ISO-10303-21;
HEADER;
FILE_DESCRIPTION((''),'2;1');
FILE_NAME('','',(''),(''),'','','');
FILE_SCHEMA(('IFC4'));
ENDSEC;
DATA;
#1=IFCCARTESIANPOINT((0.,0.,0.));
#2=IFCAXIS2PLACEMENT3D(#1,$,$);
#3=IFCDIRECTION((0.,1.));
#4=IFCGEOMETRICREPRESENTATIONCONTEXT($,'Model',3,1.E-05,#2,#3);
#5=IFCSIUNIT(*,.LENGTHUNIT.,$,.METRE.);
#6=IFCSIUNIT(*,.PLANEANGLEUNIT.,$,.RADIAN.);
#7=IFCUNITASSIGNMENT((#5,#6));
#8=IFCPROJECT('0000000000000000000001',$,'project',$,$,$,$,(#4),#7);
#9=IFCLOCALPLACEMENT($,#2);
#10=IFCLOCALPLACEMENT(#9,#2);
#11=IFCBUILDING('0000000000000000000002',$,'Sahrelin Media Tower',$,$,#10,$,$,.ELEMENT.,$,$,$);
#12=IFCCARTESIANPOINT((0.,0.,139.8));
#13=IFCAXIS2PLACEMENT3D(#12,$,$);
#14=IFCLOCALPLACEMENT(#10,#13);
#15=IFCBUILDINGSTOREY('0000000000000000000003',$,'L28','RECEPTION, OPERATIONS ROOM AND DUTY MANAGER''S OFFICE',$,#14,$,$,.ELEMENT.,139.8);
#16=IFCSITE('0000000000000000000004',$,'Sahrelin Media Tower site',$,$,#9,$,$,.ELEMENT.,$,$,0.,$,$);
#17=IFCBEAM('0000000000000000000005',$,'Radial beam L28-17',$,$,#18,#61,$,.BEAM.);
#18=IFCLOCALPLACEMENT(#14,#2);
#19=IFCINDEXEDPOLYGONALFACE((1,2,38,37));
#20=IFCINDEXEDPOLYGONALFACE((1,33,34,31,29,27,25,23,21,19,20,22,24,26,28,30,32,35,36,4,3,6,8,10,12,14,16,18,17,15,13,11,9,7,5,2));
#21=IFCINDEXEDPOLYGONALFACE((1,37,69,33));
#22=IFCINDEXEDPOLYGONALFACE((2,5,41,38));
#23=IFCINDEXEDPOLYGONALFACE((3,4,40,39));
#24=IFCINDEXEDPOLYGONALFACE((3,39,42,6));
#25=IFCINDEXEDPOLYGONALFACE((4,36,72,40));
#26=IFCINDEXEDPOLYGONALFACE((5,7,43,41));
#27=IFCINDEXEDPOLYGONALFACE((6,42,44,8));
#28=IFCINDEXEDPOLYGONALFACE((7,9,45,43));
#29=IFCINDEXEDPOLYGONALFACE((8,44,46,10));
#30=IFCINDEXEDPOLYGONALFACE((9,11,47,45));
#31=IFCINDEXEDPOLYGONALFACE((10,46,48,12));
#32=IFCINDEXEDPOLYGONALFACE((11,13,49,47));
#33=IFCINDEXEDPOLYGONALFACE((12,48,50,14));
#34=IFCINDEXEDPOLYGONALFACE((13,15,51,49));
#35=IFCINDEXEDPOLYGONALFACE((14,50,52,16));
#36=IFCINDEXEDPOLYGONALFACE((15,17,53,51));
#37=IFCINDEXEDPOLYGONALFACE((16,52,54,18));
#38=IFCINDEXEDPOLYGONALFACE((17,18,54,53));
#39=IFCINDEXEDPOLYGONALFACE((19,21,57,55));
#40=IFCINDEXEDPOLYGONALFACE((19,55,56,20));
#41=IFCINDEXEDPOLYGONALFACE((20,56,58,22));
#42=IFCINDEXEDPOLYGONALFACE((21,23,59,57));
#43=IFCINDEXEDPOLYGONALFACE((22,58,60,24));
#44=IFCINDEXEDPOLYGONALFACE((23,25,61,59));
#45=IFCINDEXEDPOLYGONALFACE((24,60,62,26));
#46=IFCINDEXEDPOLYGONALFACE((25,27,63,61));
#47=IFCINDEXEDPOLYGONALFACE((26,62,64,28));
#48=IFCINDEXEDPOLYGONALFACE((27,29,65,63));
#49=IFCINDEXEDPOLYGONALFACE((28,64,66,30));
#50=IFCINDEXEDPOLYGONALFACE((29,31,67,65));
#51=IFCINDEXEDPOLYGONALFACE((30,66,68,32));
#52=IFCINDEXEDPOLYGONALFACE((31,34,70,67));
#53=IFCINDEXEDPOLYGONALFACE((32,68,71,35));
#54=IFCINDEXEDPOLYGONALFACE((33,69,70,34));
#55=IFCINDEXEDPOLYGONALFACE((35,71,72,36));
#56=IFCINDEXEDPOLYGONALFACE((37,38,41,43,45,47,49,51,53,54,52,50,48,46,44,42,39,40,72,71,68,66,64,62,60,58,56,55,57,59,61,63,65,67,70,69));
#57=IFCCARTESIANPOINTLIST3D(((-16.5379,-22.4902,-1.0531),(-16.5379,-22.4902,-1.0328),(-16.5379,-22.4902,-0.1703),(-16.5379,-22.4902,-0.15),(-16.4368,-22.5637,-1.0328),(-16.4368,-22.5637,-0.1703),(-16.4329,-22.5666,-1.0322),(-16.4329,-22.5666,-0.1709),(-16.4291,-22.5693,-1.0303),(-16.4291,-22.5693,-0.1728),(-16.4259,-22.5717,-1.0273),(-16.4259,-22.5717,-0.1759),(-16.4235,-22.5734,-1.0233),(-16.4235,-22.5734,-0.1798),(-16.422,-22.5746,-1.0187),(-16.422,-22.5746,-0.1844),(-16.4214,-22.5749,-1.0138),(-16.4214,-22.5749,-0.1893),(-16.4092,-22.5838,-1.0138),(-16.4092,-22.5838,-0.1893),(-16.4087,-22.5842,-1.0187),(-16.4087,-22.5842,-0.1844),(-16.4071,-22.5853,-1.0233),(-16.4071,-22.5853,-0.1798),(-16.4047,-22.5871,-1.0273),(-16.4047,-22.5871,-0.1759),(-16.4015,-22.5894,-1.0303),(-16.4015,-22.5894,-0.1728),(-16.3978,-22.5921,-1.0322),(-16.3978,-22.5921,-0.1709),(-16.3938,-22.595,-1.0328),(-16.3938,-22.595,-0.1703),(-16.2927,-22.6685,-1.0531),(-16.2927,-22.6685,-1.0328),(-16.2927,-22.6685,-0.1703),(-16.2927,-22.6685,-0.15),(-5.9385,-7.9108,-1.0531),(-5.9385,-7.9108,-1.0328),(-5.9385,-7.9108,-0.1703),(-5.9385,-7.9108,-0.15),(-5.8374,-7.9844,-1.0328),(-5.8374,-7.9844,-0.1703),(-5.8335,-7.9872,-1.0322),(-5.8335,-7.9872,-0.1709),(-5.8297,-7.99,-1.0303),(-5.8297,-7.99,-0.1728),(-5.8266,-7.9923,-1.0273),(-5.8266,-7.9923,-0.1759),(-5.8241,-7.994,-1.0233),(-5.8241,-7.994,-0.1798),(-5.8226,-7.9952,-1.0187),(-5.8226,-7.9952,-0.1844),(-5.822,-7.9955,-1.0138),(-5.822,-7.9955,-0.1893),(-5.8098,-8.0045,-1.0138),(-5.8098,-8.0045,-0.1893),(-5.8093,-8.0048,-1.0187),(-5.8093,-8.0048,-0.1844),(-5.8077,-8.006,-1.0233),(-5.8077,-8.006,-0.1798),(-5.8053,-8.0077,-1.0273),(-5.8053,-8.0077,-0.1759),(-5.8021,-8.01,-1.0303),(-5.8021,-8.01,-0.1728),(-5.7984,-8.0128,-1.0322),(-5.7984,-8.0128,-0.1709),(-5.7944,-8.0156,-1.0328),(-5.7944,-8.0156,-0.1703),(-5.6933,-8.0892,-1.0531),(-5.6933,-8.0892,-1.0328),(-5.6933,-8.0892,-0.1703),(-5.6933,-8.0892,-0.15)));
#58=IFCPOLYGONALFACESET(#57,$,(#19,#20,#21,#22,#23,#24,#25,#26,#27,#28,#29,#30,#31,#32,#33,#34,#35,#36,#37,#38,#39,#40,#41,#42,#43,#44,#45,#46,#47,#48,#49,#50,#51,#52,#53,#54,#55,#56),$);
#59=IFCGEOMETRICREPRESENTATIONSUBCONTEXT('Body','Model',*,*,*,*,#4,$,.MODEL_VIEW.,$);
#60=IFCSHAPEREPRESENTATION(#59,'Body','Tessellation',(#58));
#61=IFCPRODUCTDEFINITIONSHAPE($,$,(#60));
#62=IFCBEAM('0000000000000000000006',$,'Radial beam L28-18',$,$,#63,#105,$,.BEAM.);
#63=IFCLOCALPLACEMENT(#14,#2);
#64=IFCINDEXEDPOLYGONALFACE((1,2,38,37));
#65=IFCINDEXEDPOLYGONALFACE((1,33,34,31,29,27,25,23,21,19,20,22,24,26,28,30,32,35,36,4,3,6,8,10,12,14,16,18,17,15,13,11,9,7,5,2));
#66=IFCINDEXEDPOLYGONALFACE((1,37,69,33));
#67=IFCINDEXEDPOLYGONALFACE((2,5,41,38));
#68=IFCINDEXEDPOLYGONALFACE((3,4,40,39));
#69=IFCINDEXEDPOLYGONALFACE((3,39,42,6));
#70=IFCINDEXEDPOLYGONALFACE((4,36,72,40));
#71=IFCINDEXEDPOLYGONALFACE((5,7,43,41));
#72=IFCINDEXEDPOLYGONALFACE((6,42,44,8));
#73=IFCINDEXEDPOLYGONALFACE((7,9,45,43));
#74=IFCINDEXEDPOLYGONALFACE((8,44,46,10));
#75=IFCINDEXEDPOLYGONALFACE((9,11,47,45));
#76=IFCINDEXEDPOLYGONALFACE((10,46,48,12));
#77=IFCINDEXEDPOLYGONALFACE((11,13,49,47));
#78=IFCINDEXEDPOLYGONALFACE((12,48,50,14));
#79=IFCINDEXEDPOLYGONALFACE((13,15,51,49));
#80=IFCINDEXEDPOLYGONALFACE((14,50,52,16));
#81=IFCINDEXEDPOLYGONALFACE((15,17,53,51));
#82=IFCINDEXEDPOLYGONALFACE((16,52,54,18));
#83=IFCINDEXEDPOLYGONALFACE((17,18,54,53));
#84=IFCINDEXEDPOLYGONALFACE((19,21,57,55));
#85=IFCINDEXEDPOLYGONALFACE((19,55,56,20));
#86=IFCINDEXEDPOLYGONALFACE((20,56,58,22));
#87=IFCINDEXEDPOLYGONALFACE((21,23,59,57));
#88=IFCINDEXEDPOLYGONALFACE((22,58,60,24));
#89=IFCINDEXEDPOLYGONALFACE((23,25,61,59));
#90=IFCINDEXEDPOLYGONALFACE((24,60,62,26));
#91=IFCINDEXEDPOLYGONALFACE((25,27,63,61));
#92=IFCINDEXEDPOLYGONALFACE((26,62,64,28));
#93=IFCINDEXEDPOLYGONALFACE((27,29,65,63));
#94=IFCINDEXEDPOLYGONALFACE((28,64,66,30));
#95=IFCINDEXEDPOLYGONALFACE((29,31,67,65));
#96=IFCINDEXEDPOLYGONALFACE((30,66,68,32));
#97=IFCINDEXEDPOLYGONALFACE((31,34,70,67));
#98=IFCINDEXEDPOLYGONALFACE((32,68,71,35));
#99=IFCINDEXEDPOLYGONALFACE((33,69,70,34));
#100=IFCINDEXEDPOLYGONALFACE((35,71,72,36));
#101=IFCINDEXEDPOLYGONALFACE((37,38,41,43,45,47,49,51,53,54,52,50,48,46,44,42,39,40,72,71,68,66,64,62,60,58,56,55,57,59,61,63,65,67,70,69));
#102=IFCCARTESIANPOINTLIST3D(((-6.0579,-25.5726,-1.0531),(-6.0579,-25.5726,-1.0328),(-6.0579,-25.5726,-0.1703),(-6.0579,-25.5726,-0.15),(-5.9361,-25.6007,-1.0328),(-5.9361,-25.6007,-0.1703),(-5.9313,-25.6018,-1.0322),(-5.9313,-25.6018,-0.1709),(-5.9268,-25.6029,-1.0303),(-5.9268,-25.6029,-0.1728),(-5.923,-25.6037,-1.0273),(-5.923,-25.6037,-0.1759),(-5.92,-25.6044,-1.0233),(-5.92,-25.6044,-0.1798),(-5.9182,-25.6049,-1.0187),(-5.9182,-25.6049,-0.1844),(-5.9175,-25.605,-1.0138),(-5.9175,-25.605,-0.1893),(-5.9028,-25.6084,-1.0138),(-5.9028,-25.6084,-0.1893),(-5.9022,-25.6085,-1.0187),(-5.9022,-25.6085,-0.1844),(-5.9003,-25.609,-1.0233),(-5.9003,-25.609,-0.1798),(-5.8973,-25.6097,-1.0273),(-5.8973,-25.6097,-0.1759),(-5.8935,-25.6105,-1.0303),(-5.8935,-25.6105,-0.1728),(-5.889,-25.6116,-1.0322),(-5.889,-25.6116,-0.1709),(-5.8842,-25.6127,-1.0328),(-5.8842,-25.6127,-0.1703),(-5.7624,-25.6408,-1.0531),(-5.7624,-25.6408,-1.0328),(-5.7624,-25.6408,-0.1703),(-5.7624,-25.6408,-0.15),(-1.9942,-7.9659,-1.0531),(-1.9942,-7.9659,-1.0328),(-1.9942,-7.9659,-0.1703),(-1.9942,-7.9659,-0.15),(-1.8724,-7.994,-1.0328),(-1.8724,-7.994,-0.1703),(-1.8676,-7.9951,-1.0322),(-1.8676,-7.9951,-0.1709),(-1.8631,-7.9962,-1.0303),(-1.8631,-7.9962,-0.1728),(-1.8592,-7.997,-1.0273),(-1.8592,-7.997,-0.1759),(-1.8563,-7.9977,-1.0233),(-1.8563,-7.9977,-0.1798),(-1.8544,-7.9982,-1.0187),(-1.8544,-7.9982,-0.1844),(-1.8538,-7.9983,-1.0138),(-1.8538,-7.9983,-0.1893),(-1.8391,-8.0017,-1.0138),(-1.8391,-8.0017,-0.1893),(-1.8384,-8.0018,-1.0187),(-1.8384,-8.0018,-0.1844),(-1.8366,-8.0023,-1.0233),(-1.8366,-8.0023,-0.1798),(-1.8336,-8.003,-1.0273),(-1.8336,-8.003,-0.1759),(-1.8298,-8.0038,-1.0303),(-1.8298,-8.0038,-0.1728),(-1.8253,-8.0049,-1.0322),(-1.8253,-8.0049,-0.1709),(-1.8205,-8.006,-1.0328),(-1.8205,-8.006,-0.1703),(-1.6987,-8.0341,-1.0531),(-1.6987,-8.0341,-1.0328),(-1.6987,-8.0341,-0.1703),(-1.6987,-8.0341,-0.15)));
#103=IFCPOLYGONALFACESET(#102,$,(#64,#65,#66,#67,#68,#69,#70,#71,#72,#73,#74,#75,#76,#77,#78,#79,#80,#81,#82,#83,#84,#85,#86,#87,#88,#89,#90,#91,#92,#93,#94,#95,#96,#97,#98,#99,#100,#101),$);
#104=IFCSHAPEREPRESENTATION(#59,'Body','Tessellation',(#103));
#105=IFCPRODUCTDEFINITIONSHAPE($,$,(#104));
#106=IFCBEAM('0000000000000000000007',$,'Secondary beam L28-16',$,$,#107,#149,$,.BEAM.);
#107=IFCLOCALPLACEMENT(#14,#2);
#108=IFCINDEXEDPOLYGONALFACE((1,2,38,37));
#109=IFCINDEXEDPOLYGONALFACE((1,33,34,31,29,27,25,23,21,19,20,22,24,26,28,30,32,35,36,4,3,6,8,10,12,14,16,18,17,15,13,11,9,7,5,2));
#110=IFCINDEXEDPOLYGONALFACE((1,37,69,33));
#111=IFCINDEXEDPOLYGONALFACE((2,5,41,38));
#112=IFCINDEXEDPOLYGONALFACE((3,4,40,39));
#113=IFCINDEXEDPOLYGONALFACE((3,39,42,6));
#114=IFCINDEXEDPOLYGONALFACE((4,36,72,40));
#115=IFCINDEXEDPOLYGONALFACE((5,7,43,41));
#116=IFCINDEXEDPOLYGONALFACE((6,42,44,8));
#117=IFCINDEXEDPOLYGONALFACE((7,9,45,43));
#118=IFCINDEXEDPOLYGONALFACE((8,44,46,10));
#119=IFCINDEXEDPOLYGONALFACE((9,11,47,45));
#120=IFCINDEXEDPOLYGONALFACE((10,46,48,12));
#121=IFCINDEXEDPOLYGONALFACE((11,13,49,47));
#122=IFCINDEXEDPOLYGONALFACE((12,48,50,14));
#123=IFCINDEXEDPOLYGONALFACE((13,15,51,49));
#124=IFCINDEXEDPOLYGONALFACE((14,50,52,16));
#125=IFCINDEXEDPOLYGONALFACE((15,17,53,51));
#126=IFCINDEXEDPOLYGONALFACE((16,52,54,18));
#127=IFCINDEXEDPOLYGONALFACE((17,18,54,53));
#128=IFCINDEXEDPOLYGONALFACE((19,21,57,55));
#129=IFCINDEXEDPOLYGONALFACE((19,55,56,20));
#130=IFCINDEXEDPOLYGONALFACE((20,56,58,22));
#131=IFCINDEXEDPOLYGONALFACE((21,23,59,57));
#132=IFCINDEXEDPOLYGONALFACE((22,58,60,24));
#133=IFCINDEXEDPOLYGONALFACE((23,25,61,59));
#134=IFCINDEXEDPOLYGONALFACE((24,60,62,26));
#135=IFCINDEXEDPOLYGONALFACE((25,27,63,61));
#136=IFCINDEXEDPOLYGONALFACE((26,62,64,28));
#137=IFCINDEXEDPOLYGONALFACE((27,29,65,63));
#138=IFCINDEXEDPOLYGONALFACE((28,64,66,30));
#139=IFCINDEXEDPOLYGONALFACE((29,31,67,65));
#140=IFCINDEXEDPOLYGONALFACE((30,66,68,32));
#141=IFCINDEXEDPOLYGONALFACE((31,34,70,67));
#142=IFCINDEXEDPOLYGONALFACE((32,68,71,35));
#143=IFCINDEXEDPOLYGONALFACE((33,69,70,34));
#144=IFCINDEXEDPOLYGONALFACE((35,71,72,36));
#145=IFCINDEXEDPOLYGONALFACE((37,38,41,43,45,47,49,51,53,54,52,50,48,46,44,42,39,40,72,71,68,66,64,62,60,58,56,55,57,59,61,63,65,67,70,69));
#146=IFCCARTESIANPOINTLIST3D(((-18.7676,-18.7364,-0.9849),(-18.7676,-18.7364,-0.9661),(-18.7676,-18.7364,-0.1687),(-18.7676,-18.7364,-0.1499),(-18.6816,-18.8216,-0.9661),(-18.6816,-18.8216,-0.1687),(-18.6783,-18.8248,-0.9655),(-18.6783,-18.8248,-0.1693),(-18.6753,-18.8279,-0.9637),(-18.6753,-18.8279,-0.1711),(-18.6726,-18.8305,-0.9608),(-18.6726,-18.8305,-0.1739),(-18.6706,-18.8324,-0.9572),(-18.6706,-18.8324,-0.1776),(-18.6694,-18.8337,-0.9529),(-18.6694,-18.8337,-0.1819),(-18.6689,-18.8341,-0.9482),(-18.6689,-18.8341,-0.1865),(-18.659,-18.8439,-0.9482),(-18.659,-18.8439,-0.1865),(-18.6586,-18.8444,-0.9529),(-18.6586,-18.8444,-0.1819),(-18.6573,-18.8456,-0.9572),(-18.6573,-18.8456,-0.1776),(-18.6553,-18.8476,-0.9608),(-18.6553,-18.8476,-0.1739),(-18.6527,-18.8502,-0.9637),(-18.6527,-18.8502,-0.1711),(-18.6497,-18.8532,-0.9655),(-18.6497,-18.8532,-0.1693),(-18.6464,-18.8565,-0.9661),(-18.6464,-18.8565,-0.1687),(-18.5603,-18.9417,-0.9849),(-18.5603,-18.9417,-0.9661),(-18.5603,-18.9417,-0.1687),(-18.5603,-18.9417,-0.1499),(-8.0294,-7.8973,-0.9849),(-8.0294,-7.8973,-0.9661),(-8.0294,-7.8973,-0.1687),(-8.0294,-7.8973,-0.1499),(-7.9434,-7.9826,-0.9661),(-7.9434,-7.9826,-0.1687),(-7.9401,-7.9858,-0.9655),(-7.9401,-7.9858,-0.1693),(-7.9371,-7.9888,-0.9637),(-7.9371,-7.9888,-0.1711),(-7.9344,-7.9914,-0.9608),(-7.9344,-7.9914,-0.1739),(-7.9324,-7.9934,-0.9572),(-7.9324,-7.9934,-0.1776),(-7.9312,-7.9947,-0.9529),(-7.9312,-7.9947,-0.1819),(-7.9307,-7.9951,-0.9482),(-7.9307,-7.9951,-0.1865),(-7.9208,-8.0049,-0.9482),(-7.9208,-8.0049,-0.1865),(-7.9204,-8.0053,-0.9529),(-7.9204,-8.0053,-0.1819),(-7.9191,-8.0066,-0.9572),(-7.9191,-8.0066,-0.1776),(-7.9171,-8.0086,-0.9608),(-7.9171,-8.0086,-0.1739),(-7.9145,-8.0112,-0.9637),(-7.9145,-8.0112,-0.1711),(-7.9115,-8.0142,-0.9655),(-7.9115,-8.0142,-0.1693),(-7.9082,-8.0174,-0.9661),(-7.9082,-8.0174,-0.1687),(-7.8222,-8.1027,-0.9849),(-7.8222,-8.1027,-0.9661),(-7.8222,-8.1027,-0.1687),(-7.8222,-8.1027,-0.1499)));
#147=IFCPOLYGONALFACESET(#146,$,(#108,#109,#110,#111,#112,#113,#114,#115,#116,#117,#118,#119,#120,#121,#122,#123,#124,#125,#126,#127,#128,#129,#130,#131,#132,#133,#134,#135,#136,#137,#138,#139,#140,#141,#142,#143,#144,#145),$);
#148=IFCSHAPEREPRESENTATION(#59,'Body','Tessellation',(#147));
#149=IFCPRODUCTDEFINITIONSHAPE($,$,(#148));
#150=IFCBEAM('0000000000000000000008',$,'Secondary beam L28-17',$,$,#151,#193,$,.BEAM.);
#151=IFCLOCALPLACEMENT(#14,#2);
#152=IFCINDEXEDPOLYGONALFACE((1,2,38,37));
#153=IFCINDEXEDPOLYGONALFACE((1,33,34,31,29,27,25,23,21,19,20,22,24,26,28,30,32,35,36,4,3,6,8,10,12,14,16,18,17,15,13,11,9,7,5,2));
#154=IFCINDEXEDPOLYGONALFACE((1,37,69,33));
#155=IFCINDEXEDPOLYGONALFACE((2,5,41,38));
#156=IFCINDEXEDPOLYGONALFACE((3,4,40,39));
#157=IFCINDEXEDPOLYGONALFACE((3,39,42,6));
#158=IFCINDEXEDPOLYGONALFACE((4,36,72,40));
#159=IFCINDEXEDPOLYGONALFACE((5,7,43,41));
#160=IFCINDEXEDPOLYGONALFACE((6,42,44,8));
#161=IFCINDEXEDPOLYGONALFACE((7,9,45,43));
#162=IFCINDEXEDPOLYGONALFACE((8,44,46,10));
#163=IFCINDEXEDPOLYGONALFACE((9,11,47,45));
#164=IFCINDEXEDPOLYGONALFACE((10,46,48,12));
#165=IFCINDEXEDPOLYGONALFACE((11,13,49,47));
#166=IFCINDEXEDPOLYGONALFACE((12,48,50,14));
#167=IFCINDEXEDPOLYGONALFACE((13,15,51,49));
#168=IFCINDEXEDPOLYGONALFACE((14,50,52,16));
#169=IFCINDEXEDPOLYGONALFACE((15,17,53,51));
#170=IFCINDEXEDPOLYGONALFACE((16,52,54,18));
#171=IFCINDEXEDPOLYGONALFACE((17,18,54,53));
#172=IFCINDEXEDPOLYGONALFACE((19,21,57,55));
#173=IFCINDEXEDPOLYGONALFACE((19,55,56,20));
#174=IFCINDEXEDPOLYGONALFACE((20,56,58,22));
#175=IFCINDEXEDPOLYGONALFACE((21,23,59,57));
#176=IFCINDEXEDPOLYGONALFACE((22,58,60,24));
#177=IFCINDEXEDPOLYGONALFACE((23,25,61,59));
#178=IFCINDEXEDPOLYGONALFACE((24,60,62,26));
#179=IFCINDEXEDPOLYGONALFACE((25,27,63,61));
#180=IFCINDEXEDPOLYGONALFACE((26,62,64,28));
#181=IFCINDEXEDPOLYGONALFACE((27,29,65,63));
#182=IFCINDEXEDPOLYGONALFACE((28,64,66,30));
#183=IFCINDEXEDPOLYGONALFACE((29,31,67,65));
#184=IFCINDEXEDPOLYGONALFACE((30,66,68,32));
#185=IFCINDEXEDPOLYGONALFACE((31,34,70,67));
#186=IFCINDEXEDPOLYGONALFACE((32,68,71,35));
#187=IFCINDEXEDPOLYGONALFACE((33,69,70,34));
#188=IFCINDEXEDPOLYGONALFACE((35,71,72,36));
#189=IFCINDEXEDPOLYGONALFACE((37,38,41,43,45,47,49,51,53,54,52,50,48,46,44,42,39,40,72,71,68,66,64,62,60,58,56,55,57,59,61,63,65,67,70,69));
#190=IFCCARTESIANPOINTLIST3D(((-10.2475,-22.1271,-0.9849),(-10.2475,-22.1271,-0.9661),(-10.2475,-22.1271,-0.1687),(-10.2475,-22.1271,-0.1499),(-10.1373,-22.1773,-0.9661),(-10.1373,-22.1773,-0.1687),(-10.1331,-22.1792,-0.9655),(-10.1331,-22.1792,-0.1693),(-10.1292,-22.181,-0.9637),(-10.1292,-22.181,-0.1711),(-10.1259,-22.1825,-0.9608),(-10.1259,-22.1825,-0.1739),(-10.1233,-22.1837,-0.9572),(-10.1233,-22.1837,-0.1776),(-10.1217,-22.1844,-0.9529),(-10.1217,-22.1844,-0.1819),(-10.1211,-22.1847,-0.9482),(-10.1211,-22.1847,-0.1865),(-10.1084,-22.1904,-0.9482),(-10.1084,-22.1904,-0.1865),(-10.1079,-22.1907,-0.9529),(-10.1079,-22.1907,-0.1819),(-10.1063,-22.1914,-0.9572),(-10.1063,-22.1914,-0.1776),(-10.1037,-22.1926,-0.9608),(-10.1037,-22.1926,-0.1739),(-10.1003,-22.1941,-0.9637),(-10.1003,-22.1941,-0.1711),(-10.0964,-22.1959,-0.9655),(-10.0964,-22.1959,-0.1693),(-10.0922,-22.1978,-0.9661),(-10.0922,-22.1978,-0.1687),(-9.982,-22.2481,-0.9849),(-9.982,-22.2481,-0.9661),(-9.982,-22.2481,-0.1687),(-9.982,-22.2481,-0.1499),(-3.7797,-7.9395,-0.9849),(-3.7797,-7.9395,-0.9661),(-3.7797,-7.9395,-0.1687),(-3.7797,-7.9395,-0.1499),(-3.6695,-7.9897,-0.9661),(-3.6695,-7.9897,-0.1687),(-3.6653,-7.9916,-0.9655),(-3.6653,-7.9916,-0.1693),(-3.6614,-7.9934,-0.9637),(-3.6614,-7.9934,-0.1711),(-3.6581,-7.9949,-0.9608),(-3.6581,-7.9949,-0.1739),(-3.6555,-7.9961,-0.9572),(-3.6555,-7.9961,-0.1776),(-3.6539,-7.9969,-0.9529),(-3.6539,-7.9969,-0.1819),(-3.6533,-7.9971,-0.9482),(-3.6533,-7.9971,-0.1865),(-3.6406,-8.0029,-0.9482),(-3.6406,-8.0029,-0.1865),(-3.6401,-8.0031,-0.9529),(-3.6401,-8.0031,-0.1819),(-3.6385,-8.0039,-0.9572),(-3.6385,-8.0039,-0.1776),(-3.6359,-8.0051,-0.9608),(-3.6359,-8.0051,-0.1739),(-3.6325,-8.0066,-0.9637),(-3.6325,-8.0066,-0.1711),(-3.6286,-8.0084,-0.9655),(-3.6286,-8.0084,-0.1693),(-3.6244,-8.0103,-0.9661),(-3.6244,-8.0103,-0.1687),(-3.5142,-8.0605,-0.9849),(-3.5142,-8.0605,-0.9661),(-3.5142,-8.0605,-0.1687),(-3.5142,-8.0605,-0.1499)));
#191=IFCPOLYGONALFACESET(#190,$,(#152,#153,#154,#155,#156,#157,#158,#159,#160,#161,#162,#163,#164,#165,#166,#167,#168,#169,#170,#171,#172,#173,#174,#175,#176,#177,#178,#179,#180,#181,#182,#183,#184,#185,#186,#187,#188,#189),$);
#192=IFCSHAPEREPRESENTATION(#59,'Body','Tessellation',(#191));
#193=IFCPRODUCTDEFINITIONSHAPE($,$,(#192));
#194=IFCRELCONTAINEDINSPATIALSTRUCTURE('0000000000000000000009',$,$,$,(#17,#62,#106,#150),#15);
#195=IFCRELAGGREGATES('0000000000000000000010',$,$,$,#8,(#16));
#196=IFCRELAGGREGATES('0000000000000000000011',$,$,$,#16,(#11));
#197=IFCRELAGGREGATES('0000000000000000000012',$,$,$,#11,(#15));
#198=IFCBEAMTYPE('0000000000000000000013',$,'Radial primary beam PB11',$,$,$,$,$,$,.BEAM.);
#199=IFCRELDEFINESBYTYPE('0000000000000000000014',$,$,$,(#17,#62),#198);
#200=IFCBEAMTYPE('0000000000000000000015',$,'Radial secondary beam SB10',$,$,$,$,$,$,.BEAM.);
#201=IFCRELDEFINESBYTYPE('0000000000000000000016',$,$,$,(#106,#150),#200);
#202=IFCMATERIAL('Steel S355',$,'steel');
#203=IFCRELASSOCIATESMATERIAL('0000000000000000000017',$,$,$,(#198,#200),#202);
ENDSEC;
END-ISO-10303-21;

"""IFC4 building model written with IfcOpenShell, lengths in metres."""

from ifc_helpers import new_model, si_unit, direction, frame, origin, origin_2d, place, context, subcontext, project, spatial, i_section, extrude, material, material_profile, profile_set, type_object, element, save


model = new_model("IFC4")

# Units and contexts
model_context = context("Model", 3, precision=1e-05, world=origin(), true_north=direction((0.0, 1.0)))
body_context = subcontext(model_context, "Body", "Model", "MODEL_VIEW")
ifc_project = project(units=[si_unit("LENGTHUNIT", "METRE"), si_unit("PLANEANGLEUNIT", "RADIAN")], contexts=[model_context])

# Site, building, storey
site_placement = place(None, origin())
site = spatial("IfcSite", under=ifc_project, at=site_placement, Name="Sahrelin Media Tower site", CompositionType="ELEMENT", RefElevation=0.0)
building_placement = place(site_placement, origin())
building = spatial("IfcBuilding", under=site, at=building_placement, Name="Sahrelin Media Tower", CompositionType="ELEMENT")
storey_placement = place(building_placement, frame((0.0, 0.0, 139.8)))
storey = spatial("IfcBuildingStorey", under=building, at=storey_placement, Name="L28", Description="RECEPTION, OPERATIONS ROOM AND DUTY MANAGER'S OFFICE", CompositionType="ELEMENT", Elevation=139.8)

# Shared definitions
ifc_material_1 = material(Name="Steel S355", Category="steel")

# Beams
ifc_material_profile_1 = material_profile(ifc_material_1, i_section(OverallWidth=0.3032, OverallDepth=0.9031, WebThickness=0.0151, FlangeThickness=0.0203, FilletRadius=0.019, at=origin_2d()), Name="UB 914x305x201")
ifc_profile_set_1 = profile_set([ifc_material_profile_1], Name="Steel S355")
beam_type_1 = type_object("IfcBeamType", Name="Radial primary beam PB11", PredefinedType="BEAM", material=ifc_profile_set_1)
beam_1_placement = place(storey_placement, frame((-5.8159, -8.0, -0.6016), z_axis=(-0.588034, -0.808836, 0.0), x_axis=(0.808836, -0.588034, 0.0)))
element("IfcBeam", 1, at=beam_1_placement, inside=storey, type_object=beam_type_1, Name="Radial beam L28-17", PredefinedType="BEAM", context=body_context, shape_type="SweptSolid", body=[
    extrude(i_section(OverallWidth=0.3032, OverallDepth=0.9031, WebThickness=0.0151, FlangeThickness=0.0203, FilletRadius=0.019, at=origin_2d()), origin(), (0.0, 0.0, 1.0), 18.0251),
])
beam_2_placement = place(storey_placement, frame((-1.8464, -8.0, -0.6016), z_axis=(-0.224893, -0.974383, 0.0), x_axis=(0.974383, -0.224893, 0.0)))
element("IfcBeam", 2, at=beam_2_placement, inside=storey, type_object=beam_type_1, Name="Radial beam L28-18", PredefinedType="BEAM", context=body_context, shape_type="SweptSolid", body=[
    extrude(i_section(OverallWidth=0.3032, OverallDepth=0.9031, WebThickness=0.0151, FlangeThickness=0.0203, FilletRadius=0.019, at=origin_2d()), origin(), (0.0, 0.0, 1.0), 18.0696),
])
ifc_material_profile_2 = material_profile(ifc_material_1, i_section(OverallWidth=0.2917, OverallDepth=0.835, WebThickness=0.0139, FlangeThickness=0.0188, FilletRadius=0.0178, at=origin_2d()), Name="UB 838x292x176")
ifc_profile_set_2 = profile_set([ifc_material_profile_2], Name="Steel S355")
beam_type_2 = type_object("IfcBeamType", Name="Radial secondary beam SB10", PredefinedType="BEAM", material=ifc_profile_set_2)
beam_3_placement = place(storey_placement, frame((-7.9258, -8.0, -0.5674), z_axis=(-0.703795, -0.710403, 0.0), x_axis=(0.710403, -0.703795, 0.0)))
element("IfcBeam", 3, at=beam_3_placement, inside=storey, type_object=beam_type_2, Name="Secondary beam L28-16", PredefinedType="BEAM", context=body_context, shape_type="SweptSolid", body=[
    extrude(i_section(OverallWidth=0.2917, OverallDepth=0.835, WebThickness=0.0139, FlangeThickness=0.0188, FilletRadius=0.0178, at=origin_2d()), origin(), (0.0, 0.0, 1.0), 15.2576),
])
beam_4_placement = place(storey_placement, frame((-3.647, -8.0, -0.5674), z_axis=(-0.414808, -0.909909, 0.0), x_axis=(0.909909, -0.414808, 0.0)))
element("IfcBeam", 4, at=beam_4_placement, inside=storey, type_object=beam_type_2, Name="Secondary beam L28-17", PredefinedType="BEAM", context=body_context, shape_type="SweptSolid", body=[
    extrude(i_section(OverallWidth=0.2917, OverallDepth=0.835, WebThickness=0.0139, FlangeThickness=0.0188, FilletRadius=0.0178, at=origin_2d()), origin(), (0.0, 0.0, 1.0), 15.5923),
])

save(model, "model.ifc")
